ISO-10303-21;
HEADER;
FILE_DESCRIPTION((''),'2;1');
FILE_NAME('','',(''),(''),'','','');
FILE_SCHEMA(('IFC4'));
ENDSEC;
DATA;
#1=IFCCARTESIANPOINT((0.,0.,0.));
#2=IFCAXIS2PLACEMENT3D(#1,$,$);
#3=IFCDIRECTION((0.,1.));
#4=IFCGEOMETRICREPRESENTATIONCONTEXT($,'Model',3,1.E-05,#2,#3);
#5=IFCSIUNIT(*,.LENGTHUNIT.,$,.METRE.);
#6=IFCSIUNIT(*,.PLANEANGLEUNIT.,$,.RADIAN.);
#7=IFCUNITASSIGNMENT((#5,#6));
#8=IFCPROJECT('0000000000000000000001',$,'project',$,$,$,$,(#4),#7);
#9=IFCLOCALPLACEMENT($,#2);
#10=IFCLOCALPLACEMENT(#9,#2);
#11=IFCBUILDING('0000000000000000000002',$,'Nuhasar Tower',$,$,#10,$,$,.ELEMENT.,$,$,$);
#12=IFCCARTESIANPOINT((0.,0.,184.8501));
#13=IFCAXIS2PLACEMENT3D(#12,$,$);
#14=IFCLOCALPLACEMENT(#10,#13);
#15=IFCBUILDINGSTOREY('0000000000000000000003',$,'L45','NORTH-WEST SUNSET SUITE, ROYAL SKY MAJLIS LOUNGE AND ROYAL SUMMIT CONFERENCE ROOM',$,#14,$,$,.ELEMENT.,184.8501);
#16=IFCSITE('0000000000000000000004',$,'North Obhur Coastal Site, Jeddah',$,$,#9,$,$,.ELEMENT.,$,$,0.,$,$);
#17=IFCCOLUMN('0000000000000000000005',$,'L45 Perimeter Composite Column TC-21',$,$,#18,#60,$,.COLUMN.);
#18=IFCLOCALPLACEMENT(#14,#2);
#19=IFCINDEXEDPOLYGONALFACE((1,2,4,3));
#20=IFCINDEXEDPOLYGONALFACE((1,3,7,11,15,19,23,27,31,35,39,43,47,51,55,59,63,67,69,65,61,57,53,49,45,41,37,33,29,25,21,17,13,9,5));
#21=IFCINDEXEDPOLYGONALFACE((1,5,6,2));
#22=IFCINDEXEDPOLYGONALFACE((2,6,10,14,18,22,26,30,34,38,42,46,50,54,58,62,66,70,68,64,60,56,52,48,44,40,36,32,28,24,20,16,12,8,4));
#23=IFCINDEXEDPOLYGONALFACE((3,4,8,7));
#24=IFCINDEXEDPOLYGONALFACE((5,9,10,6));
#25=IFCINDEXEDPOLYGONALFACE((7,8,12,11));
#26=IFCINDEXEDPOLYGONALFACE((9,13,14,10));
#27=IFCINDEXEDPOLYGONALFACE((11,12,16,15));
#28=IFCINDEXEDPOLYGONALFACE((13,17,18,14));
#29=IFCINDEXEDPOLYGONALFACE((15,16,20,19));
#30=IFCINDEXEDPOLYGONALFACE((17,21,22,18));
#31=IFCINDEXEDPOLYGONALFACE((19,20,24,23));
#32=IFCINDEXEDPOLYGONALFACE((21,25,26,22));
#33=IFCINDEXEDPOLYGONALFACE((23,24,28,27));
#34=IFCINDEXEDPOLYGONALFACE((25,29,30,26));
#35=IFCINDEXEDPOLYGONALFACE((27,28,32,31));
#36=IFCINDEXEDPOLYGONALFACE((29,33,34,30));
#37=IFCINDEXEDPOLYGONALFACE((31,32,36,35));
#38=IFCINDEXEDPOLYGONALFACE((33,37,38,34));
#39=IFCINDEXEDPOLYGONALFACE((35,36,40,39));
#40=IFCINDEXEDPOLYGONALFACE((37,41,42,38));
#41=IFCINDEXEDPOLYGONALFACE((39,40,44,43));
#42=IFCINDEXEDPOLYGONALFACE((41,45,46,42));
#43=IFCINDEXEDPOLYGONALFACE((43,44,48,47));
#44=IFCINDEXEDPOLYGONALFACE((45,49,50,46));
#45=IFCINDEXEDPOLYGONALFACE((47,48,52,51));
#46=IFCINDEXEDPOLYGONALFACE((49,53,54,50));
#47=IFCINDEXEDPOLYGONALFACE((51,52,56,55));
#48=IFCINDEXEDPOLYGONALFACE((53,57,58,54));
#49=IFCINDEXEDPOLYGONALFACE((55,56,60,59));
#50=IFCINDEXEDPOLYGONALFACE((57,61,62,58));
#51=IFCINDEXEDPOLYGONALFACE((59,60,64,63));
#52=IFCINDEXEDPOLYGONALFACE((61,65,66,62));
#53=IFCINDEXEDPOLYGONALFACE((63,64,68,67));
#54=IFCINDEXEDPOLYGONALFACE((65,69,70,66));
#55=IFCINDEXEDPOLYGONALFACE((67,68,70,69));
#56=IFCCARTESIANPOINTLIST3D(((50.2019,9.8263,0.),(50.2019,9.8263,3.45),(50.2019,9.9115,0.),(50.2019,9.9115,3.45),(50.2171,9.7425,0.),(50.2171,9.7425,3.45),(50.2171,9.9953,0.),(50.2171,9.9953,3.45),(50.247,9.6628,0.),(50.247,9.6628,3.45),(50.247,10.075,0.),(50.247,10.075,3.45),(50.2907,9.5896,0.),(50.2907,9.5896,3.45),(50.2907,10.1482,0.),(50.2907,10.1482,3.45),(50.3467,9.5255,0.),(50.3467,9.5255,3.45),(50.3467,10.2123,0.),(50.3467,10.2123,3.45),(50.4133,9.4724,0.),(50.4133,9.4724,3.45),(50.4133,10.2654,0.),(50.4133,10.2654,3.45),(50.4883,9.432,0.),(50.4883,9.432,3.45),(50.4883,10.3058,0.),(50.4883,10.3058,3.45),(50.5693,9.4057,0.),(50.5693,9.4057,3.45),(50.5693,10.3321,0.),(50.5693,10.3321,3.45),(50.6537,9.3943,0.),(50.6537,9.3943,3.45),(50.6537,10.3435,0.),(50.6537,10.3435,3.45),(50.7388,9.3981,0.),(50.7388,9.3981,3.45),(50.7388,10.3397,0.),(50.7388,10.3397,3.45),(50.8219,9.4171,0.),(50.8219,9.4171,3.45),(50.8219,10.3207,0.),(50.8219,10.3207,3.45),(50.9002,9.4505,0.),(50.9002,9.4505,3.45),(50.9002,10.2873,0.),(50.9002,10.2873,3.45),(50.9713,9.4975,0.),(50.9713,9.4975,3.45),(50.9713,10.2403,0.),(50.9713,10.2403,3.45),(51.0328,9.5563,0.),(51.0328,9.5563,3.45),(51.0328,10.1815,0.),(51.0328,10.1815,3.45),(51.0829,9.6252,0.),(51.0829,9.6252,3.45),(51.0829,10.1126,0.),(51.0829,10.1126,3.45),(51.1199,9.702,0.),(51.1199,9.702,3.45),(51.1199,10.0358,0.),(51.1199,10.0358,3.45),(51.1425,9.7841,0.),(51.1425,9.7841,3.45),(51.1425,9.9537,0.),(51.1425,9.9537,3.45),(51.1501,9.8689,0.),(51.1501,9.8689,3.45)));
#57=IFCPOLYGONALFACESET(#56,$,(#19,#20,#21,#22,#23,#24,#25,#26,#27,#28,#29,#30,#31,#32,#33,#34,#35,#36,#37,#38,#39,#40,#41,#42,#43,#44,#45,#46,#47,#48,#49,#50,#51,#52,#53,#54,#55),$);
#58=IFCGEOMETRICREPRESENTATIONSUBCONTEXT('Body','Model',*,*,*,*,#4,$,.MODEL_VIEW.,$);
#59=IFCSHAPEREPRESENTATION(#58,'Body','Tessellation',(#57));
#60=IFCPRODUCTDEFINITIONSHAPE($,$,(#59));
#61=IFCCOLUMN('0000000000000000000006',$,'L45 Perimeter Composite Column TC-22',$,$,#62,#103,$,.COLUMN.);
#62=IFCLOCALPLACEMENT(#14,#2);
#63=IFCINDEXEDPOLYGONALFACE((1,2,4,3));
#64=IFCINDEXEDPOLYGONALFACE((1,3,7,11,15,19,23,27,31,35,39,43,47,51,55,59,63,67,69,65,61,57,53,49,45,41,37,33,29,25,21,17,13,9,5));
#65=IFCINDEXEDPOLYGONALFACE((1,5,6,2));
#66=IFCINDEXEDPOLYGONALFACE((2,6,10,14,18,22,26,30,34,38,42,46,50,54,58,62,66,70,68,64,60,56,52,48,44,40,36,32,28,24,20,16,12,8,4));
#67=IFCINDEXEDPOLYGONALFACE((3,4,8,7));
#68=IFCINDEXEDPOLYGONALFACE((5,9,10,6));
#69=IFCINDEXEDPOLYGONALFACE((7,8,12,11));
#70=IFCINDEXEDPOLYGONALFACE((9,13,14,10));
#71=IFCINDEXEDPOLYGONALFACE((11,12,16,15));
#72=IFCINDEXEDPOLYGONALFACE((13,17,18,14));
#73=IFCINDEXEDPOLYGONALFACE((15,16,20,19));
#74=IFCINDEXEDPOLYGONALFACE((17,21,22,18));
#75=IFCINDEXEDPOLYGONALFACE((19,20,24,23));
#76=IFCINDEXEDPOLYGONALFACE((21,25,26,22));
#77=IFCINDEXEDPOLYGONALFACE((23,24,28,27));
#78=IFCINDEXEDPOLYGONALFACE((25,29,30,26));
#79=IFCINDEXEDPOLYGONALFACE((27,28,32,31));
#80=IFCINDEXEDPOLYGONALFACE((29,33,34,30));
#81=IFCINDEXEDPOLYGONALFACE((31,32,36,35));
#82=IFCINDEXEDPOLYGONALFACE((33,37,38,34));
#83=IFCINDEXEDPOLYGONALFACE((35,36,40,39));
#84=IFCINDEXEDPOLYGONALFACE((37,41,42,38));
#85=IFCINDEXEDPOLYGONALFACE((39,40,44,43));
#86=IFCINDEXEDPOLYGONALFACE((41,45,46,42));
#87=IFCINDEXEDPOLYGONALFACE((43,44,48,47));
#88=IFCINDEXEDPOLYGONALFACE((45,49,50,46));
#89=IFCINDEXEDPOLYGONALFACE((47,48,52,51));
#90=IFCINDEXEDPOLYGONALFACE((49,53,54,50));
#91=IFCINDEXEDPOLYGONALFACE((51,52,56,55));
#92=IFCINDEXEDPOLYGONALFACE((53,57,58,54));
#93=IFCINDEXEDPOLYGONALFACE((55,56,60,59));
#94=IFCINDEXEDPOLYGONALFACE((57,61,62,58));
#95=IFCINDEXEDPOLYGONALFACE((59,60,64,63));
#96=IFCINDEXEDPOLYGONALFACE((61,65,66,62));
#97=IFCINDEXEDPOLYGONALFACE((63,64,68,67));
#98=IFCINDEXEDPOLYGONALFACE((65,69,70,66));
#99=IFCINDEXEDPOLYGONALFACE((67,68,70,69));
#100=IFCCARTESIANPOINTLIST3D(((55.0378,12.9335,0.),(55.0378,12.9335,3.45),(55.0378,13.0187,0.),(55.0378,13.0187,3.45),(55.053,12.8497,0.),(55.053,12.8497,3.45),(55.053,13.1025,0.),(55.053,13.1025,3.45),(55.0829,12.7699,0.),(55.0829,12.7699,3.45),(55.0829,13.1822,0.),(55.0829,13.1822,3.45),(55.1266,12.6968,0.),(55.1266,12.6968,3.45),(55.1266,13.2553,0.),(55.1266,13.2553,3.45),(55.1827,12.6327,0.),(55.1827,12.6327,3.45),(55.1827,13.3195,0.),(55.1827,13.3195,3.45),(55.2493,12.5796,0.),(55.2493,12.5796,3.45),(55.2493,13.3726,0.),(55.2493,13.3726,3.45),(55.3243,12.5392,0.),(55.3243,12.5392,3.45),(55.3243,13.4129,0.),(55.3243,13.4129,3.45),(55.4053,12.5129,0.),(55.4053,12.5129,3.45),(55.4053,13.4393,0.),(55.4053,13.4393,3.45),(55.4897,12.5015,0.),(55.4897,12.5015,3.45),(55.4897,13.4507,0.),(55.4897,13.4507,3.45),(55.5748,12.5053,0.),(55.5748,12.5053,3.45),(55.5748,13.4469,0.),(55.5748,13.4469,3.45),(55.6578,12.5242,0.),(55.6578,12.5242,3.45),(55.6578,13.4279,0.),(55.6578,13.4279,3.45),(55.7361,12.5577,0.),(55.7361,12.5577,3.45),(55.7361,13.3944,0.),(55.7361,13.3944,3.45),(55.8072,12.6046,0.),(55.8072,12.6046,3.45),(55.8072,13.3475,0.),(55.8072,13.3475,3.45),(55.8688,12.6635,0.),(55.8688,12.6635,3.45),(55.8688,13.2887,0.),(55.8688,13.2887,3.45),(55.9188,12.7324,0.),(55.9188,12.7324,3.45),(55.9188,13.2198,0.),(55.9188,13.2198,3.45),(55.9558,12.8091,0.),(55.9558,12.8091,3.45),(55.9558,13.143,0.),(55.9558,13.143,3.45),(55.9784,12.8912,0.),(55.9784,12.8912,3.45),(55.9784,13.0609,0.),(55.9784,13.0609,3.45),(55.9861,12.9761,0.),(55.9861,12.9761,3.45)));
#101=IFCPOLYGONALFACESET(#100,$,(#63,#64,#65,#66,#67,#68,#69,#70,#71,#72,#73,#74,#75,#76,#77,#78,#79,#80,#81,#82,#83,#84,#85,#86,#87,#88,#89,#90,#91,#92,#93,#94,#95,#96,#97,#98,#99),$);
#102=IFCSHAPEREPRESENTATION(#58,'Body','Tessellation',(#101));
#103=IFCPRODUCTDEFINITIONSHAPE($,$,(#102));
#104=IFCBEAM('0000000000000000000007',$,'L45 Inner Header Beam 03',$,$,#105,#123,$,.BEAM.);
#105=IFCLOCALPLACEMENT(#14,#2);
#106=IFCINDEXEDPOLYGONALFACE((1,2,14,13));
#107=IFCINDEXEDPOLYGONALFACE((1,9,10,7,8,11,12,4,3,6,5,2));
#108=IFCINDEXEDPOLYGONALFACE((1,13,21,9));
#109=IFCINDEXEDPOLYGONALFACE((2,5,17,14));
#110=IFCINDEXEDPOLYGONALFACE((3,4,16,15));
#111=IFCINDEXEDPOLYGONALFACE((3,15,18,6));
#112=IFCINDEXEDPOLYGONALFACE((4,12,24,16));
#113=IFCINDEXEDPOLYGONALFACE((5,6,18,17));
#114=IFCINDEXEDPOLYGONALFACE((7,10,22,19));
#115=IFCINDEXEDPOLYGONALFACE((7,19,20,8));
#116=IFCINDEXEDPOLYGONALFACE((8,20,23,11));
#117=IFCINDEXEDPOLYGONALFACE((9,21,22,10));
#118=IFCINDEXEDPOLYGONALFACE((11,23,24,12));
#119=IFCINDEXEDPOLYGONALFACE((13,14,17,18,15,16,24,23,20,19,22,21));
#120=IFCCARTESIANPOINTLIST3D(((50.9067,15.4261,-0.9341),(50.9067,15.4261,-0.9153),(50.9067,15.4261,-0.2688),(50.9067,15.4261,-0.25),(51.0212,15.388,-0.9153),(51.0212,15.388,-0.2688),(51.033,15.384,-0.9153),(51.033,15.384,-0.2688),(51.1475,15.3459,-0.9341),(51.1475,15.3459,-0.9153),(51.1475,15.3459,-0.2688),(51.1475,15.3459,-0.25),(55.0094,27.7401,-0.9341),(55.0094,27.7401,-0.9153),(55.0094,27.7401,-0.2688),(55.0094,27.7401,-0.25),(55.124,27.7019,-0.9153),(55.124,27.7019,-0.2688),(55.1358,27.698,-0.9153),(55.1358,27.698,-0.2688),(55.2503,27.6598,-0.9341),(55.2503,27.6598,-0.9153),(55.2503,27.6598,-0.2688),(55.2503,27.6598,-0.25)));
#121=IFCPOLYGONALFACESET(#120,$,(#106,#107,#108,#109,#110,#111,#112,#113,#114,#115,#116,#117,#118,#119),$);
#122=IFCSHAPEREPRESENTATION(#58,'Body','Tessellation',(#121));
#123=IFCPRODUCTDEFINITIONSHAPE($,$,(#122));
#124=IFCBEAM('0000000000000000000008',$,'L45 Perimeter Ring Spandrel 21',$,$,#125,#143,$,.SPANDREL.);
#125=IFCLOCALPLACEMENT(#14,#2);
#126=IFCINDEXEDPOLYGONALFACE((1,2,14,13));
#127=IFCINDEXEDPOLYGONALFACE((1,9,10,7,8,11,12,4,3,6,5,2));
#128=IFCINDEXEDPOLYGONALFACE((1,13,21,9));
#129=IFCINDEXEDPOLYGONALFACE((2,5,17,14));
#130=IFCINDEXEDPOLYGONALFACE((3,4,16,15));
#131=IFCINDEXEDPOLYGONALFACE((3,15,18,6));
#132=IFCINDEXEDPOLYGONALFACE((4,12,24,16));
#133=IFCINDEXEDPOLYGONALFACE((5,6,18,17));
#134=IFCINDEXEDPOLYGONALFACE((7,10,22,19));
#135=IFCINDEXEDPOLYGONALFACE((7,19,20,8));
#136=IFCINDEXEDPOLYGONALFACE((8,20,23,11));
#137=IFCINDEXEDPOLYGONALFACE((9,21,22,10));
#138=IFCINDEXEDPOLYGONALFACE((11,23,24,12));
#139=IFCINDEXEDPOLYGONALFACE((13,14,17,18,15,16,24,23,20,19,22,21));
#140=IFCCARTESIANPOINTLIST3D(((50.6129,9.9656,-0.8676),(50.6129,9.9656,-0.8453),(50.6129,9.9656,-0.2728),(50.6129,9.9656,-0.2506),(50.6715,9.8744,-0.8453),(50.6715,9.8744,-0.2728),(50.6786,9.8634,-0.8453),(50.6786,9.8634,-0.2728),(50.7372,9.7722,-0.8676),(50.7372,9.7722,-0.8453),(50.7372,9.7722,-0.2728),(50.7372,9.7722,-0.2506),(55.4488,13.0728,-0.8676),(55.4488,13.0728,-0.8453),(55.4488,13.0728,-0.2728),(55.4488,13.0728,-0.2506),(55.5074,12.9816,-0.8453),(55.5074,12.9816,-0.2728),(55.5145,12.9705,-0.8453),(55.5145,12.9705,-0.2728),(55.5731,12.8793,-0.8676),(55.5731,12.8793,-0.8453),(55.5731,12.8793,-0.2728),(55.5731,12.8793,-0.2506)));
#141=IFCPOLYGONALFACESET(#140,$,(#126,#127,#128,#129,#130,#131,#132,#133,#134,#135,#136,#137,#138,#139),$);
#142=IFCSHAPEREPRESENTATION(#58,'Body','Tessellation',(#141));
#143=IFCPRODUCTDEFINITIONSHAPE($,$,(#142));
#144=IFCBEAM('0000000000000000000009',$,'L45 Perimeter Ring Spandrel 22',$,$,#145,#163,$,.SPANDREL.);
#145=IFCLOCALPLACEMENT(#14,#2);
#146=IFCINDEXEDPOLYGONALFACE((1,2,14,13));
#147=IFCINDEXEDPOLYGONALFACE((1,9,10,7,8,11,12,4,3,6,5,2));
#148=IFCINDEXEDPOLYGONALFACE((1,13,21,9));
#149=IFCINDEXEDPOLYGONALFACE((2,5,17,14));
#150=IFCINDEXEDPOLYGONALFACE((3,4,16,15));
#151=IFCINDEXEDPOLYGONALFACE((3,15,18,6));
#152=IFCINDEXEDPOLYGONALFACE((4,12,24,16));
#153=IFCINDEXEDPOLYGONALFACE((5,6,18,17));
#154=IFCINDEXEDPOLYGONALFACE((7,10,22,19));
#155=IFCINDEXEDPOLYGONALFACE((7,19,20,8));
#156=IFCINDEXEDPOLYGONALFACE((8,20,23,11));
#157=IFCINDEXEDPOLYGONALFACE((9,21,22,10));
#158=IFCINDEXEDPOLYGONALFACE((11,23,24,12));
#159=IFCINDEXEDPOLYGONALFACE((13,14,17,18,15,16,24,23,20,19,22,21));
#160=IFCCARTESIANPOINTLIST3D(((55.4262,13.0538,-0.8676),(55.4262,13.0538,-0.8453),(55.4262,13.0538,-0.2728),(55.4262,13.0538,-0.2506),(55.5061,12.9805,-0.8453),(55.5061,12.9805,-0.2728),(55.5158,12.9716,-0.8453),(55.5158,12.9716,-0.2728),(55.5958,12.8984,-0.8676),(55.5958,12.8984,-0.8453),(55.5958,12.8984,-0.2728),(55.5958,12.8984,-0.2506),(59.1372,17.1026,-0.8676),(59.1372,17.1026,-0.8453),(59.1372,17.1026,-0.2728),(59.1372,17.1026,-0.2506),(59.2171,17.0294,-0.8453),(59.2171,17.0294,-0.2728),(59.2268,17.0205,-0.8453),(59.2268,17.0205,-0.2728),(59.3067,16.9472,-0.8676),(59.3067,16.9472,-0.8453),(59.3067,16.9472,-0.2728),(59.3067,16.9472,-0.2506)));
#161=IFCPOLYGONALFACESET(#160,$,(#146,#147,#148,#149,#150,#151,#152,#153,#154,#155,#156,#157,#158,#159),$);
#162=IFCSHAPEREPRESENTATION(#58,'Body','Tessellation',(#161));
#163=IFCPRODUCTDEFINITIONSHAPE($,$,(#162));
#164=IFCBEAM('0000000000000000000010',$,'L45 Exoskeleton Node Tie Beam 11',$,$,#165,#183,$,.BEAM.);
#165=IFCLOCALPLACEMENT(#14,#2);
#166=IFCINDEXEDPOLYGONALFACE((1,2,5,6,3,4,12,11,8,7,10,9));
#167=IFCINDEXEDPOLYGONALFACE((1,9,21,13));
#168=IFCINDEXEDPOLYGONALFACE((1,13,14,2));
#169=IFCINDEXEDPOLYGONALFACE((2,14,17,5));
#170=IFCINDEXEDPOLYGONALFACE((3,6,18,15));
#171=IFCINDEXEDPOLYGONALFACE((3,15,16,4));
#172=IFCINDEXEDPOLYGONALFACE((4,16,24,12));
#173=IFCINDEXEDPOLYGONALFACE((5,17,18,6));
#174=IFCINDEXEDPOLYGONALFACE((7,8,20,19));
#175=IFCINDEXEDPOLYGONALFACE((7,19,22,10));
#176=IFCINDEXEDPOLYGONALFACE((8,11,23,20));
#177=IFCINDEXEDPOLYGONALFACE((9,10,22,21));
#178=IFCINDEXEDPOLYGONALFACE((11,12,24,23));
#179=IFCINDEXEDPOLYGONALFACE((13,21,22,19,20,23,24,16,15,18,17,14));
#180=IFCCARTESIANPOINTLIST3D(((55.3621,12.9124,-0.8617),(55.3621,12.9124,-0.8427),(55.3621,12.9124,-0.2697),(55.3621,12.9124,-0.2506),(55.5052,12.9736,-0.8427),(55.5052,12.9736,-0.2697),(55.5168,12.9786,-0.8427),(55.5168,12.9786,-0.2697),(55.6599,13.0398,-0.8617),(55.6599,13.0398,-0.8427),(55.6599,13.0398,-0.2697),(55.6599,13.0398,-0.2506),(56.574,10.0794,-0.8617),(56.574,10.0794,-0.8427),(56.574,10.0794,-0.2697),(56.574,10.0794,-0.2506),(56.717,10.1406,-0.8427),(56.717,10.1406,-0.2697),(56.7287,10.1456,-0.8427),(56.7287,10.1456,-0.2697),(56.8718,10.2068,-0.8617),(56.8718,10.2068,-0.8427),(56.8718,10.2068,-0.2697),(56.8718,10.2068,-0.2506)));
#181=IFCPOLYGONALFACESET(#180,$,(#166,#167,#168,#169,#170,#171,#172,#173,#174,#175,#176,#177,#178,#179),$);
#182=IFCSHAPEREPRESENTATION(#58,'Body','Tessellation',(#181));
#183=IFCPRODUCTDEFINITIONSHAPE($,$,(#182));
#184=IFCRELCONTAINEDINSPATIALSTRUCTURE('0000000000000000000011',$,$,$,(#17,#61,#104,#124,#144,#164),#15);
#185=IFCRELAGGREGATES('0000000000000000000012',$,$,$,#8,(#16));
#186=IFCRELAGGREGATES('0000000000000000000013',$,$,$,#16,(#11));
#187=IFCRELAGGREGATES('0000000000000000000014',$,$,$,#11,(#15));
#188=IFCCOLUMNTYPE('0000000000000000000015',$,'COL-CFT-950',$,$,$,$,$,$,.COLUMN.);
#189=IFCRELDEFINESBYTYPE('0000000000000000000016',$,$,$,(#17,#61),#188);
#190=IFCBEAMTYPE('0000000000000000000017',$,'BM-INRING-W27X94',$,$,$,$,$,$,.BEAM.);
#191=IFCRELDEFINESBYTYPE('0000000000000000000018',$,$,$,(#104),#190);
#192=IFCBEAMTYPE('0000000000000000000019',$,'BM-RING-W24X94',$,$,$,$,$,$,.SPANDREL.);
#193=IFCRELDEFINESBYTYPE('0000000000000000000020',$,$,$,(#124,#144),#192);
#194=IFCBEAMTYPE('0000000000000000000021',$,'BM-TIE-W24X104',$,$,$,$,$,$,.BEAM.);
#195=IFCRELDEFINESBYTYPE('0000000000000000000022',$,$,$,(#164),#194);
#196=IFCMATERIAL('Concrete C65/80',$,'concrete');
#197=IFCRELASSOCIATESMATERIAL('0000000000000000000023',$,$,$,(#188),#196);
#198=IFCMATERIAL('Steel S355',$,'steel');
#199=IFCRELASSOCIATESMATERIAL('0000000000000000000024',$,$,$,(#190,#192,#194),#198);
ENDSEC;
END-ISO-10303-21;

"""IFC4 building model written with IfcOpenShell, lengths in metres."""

from ifc_helpers import new_model, si_unit, direction, frame, origin, origin_2d, place, context, subcontext, project, spatial, circle, i_section, extrude, material, material_profile, profile_set, type_object, element, save


model = new_model("IFC4")

# Units and contexts
model_context = context("Model", 3, precision=1e-05, world=origin(), true_north=direction((0.0, 1.0)))
body_context = subcontext(model_context, "Body", "Model", "MODEL_VIEW")
ifc_project = project(units=[si_unit("LENGTHUNIT", "METRE"), si_unit("PLANEANGLEUNIT", "RADIAN")], contexts=[model_context])

# Site, building, storey
site_placement = place(None, origin())
site = spatial("IfcSite", under=ifc_project, at=site_placement, Name="North Obhur Coastal Site, Jeddah", CompositionType="ELEMENT", RefElevation=0.0)
building_placement = place(site_placement, origin())
building = spatial("IfcBuilding", under=site, at=building_placement, Name="Nuhasar Tower", CompositionType="ELEMENT")
storey_placement = place(building_placement, frame((0.0, 0.0, 184.8501)))
storey = spatial("IfcBuildingStorey", under=building, at=storey_placement, Name="L45", Description="NORTH-WEST SUNSET SUITE, ROYAL SKY MAJLIS LOUNGE AND ROYAL SUMMIT CONFERENCE ROOM", CompositionType="ELEMENT", Elevation=184.8501)

# Columns
ifc_material_1 = material(Name="Concrete C65/80", Category="concrete")
ifc_material_profile_1 = material_profile(ifc_material_1, circle(Radius=0.4751, at=origin_2d()), Name="CFT950")
ifc_profile_set_1 = profile_set([ifc_material_profile_1], Name="Concrete C65/80")
column_type = type_object("IfcColumnType", Name="COL-CFT-950", PredefinedType="COLUMN", material=ifc_profile_set_1)
for number, where, z_axis, x_axis, name in (
    (1, (50.675, 9.8689, 0.0), (0.0, 0.0, 1.0), (1.0, 0.0, 0.0), "L45 Perimeter Composite Column TC-21"),
    (2, (55.511, 12.9761, 0.0), (0.0, 0.0, 1.0), (1.0, 0.0, 0.0), "L45 Perimeter Composite Column TC-22"),
):
    element("IfcColumn", number, at=place(storey_placement, frame(where, z_axis=z_axis, x_axis=x_axis)), inside=storey, type_object=column_type, Name=name, PredefinedType="COLUMN", context=body_context, shape_type="SweptSolid", body=[
        extrude(circle(Radius=0.4751, at=origin_2d()), origin(), (0.0, 0.0, 1.0), 3.45),
    ])

# Beams
ifc_material_2 = material(Name="Steel S355", Category="steel")
ifc_material_profile_2 = material_profile(ifc_material_2, i_section(OverallWidth=0.2539, OverallDepth=0.6841, WebThickness=0.0125, FlangeThickness=0.0188, at=origin_2d()), Name="W27X94")
ifc_profile_set_2 = profile_set([ifc_material_profile_2], Name="Steel S355")
beam_type_1 = type_object("IfcBeamType", Name="BM-INRING-W27X94", PredefinedType="BEAM", material=ifc_profile_set_2)
beam_1_placement = place(storey_placement, frame((51.0271, 15.386, -0.592), z_axis=(0.316098, 0.948727, 0.0), x_axis=(-0.948727, 0.316098, 0.0)))
element("IfcBeam", 3, at=beam_1_placement, inside=storey, type_object=beam_type_1, Name="L45 Inner Header Beam 03", PredefinedType="BEAM", context=body_context, shape_type="SweptSolid", body=[
    extrude(i_section(OverallWidth=0.2539, OverallDepth=0.6841, WebThickness=0.0125, FlangeThickness=0.0188, at=origin_2d()), origin(), (0.0, 0.0, 1.0), 12.9795),
])
ifc_material_profile_3 = material_profile(ifc_material_2, i_section(OverallWidth=0.23, OverallDepth=0.6169, WebThickness=0.0132, FlangeThickness=0.0222, at=origin_2d()), Name="W24X94")
ifc_profile_set_3 = profile_set([ifc_material_profile_3], Name="Steel S355")
beam_type_2 = type_object("IfcBeamType", Name="BM-RING-W24X94", PredefinedType="SPANDREL", material=ifc_profile_set_3)
beam_2_placement = place(storey_placement, frame((50.675, 9.8689, -0.5591), z_axis=(0.841308, 0.540556, 0.0), x_axis=(-0.540556, 0.841308, 0.0)))
element("IfcBeam", 4, at=beam_2_placement, inside=storey, type_object=beam_type_2, Name="L45 Perimeter Ring Spandrel 21", PredefinedType="SPANDREL", context=body_context, shape_type="SweptSolid", body=[
    extrude(i_section(OverallWidth=0.23, OverallDepth=0.6169, WebThickness=0.0132, FlangeThickness=0.0222, at=origin_2d()), origin(), (0.0, 0.0, 1.0), 5.748),
])
beam_3_placement = place(storey_placement, frame((55.511, 12.9761, -0.5591), z_axis=(0.675676, 0.737198, 0.0), x_axis=(-0.737198, 0.675676, 0.0)))
element("IfcBeam", 5, at=beam_3_placement, inside=storey, type_object=beam_type_2, Name="L45 Perimeter Ring Spandrel 22", PredefinedType="SPANDREL", context=body_context, shape_type="SweptSolid", body=[
    extrude(i_section(OverallWidth=0.23, OverallDepth=0.6169, WebThickness=0.0132, FlangeThickness=0.0222, at=origin_2d()), origin(), (0.0, 0.0, 1.0), 5.4922),
])
ifc_material_profile_4 = material_profile(ifc_material_2, i_section(OverallWidth=0.324, OverallDepth=0.6111, WebThickness=0.0127, FlangeThickness=0.019, at=origin_2d()), Name="W24X104")
ifc_profile_set_4 = profile_set([ifc_material_profile_4], Name="Steel S355")
beam_type_3 = type_object("IfcBeamType", Name="BM-TIE-W24X104", PredefinedType="BEAM", material=ifc_profile_set_4)
beam_4_placement = place(storey_placement, frame((55.511, 12.9761, -0.5562), z_axis=(0.393307, -0.919407, 0.0), x_axis=(0.919407, 0.393307, 0.0)))
element("IfcBeam", 6, at=beam_4_placement, inside=storey, type_object=beam_type_3, Name="L45 Exoskeleton Node Tie Beam 11", PredefinedType="BEAM", context=body_context, shape_type="SweptSolid", body=[
    extrude(i_section(OverallWidth=0.324, OverallDepth=0.6111, WebThickness=0.0127, FlangeThickness=0.019, at=origin_2d()), origin(), (0.0, 0.0, 1.0), 3.0813),
])

save(model, "model.ifc")
